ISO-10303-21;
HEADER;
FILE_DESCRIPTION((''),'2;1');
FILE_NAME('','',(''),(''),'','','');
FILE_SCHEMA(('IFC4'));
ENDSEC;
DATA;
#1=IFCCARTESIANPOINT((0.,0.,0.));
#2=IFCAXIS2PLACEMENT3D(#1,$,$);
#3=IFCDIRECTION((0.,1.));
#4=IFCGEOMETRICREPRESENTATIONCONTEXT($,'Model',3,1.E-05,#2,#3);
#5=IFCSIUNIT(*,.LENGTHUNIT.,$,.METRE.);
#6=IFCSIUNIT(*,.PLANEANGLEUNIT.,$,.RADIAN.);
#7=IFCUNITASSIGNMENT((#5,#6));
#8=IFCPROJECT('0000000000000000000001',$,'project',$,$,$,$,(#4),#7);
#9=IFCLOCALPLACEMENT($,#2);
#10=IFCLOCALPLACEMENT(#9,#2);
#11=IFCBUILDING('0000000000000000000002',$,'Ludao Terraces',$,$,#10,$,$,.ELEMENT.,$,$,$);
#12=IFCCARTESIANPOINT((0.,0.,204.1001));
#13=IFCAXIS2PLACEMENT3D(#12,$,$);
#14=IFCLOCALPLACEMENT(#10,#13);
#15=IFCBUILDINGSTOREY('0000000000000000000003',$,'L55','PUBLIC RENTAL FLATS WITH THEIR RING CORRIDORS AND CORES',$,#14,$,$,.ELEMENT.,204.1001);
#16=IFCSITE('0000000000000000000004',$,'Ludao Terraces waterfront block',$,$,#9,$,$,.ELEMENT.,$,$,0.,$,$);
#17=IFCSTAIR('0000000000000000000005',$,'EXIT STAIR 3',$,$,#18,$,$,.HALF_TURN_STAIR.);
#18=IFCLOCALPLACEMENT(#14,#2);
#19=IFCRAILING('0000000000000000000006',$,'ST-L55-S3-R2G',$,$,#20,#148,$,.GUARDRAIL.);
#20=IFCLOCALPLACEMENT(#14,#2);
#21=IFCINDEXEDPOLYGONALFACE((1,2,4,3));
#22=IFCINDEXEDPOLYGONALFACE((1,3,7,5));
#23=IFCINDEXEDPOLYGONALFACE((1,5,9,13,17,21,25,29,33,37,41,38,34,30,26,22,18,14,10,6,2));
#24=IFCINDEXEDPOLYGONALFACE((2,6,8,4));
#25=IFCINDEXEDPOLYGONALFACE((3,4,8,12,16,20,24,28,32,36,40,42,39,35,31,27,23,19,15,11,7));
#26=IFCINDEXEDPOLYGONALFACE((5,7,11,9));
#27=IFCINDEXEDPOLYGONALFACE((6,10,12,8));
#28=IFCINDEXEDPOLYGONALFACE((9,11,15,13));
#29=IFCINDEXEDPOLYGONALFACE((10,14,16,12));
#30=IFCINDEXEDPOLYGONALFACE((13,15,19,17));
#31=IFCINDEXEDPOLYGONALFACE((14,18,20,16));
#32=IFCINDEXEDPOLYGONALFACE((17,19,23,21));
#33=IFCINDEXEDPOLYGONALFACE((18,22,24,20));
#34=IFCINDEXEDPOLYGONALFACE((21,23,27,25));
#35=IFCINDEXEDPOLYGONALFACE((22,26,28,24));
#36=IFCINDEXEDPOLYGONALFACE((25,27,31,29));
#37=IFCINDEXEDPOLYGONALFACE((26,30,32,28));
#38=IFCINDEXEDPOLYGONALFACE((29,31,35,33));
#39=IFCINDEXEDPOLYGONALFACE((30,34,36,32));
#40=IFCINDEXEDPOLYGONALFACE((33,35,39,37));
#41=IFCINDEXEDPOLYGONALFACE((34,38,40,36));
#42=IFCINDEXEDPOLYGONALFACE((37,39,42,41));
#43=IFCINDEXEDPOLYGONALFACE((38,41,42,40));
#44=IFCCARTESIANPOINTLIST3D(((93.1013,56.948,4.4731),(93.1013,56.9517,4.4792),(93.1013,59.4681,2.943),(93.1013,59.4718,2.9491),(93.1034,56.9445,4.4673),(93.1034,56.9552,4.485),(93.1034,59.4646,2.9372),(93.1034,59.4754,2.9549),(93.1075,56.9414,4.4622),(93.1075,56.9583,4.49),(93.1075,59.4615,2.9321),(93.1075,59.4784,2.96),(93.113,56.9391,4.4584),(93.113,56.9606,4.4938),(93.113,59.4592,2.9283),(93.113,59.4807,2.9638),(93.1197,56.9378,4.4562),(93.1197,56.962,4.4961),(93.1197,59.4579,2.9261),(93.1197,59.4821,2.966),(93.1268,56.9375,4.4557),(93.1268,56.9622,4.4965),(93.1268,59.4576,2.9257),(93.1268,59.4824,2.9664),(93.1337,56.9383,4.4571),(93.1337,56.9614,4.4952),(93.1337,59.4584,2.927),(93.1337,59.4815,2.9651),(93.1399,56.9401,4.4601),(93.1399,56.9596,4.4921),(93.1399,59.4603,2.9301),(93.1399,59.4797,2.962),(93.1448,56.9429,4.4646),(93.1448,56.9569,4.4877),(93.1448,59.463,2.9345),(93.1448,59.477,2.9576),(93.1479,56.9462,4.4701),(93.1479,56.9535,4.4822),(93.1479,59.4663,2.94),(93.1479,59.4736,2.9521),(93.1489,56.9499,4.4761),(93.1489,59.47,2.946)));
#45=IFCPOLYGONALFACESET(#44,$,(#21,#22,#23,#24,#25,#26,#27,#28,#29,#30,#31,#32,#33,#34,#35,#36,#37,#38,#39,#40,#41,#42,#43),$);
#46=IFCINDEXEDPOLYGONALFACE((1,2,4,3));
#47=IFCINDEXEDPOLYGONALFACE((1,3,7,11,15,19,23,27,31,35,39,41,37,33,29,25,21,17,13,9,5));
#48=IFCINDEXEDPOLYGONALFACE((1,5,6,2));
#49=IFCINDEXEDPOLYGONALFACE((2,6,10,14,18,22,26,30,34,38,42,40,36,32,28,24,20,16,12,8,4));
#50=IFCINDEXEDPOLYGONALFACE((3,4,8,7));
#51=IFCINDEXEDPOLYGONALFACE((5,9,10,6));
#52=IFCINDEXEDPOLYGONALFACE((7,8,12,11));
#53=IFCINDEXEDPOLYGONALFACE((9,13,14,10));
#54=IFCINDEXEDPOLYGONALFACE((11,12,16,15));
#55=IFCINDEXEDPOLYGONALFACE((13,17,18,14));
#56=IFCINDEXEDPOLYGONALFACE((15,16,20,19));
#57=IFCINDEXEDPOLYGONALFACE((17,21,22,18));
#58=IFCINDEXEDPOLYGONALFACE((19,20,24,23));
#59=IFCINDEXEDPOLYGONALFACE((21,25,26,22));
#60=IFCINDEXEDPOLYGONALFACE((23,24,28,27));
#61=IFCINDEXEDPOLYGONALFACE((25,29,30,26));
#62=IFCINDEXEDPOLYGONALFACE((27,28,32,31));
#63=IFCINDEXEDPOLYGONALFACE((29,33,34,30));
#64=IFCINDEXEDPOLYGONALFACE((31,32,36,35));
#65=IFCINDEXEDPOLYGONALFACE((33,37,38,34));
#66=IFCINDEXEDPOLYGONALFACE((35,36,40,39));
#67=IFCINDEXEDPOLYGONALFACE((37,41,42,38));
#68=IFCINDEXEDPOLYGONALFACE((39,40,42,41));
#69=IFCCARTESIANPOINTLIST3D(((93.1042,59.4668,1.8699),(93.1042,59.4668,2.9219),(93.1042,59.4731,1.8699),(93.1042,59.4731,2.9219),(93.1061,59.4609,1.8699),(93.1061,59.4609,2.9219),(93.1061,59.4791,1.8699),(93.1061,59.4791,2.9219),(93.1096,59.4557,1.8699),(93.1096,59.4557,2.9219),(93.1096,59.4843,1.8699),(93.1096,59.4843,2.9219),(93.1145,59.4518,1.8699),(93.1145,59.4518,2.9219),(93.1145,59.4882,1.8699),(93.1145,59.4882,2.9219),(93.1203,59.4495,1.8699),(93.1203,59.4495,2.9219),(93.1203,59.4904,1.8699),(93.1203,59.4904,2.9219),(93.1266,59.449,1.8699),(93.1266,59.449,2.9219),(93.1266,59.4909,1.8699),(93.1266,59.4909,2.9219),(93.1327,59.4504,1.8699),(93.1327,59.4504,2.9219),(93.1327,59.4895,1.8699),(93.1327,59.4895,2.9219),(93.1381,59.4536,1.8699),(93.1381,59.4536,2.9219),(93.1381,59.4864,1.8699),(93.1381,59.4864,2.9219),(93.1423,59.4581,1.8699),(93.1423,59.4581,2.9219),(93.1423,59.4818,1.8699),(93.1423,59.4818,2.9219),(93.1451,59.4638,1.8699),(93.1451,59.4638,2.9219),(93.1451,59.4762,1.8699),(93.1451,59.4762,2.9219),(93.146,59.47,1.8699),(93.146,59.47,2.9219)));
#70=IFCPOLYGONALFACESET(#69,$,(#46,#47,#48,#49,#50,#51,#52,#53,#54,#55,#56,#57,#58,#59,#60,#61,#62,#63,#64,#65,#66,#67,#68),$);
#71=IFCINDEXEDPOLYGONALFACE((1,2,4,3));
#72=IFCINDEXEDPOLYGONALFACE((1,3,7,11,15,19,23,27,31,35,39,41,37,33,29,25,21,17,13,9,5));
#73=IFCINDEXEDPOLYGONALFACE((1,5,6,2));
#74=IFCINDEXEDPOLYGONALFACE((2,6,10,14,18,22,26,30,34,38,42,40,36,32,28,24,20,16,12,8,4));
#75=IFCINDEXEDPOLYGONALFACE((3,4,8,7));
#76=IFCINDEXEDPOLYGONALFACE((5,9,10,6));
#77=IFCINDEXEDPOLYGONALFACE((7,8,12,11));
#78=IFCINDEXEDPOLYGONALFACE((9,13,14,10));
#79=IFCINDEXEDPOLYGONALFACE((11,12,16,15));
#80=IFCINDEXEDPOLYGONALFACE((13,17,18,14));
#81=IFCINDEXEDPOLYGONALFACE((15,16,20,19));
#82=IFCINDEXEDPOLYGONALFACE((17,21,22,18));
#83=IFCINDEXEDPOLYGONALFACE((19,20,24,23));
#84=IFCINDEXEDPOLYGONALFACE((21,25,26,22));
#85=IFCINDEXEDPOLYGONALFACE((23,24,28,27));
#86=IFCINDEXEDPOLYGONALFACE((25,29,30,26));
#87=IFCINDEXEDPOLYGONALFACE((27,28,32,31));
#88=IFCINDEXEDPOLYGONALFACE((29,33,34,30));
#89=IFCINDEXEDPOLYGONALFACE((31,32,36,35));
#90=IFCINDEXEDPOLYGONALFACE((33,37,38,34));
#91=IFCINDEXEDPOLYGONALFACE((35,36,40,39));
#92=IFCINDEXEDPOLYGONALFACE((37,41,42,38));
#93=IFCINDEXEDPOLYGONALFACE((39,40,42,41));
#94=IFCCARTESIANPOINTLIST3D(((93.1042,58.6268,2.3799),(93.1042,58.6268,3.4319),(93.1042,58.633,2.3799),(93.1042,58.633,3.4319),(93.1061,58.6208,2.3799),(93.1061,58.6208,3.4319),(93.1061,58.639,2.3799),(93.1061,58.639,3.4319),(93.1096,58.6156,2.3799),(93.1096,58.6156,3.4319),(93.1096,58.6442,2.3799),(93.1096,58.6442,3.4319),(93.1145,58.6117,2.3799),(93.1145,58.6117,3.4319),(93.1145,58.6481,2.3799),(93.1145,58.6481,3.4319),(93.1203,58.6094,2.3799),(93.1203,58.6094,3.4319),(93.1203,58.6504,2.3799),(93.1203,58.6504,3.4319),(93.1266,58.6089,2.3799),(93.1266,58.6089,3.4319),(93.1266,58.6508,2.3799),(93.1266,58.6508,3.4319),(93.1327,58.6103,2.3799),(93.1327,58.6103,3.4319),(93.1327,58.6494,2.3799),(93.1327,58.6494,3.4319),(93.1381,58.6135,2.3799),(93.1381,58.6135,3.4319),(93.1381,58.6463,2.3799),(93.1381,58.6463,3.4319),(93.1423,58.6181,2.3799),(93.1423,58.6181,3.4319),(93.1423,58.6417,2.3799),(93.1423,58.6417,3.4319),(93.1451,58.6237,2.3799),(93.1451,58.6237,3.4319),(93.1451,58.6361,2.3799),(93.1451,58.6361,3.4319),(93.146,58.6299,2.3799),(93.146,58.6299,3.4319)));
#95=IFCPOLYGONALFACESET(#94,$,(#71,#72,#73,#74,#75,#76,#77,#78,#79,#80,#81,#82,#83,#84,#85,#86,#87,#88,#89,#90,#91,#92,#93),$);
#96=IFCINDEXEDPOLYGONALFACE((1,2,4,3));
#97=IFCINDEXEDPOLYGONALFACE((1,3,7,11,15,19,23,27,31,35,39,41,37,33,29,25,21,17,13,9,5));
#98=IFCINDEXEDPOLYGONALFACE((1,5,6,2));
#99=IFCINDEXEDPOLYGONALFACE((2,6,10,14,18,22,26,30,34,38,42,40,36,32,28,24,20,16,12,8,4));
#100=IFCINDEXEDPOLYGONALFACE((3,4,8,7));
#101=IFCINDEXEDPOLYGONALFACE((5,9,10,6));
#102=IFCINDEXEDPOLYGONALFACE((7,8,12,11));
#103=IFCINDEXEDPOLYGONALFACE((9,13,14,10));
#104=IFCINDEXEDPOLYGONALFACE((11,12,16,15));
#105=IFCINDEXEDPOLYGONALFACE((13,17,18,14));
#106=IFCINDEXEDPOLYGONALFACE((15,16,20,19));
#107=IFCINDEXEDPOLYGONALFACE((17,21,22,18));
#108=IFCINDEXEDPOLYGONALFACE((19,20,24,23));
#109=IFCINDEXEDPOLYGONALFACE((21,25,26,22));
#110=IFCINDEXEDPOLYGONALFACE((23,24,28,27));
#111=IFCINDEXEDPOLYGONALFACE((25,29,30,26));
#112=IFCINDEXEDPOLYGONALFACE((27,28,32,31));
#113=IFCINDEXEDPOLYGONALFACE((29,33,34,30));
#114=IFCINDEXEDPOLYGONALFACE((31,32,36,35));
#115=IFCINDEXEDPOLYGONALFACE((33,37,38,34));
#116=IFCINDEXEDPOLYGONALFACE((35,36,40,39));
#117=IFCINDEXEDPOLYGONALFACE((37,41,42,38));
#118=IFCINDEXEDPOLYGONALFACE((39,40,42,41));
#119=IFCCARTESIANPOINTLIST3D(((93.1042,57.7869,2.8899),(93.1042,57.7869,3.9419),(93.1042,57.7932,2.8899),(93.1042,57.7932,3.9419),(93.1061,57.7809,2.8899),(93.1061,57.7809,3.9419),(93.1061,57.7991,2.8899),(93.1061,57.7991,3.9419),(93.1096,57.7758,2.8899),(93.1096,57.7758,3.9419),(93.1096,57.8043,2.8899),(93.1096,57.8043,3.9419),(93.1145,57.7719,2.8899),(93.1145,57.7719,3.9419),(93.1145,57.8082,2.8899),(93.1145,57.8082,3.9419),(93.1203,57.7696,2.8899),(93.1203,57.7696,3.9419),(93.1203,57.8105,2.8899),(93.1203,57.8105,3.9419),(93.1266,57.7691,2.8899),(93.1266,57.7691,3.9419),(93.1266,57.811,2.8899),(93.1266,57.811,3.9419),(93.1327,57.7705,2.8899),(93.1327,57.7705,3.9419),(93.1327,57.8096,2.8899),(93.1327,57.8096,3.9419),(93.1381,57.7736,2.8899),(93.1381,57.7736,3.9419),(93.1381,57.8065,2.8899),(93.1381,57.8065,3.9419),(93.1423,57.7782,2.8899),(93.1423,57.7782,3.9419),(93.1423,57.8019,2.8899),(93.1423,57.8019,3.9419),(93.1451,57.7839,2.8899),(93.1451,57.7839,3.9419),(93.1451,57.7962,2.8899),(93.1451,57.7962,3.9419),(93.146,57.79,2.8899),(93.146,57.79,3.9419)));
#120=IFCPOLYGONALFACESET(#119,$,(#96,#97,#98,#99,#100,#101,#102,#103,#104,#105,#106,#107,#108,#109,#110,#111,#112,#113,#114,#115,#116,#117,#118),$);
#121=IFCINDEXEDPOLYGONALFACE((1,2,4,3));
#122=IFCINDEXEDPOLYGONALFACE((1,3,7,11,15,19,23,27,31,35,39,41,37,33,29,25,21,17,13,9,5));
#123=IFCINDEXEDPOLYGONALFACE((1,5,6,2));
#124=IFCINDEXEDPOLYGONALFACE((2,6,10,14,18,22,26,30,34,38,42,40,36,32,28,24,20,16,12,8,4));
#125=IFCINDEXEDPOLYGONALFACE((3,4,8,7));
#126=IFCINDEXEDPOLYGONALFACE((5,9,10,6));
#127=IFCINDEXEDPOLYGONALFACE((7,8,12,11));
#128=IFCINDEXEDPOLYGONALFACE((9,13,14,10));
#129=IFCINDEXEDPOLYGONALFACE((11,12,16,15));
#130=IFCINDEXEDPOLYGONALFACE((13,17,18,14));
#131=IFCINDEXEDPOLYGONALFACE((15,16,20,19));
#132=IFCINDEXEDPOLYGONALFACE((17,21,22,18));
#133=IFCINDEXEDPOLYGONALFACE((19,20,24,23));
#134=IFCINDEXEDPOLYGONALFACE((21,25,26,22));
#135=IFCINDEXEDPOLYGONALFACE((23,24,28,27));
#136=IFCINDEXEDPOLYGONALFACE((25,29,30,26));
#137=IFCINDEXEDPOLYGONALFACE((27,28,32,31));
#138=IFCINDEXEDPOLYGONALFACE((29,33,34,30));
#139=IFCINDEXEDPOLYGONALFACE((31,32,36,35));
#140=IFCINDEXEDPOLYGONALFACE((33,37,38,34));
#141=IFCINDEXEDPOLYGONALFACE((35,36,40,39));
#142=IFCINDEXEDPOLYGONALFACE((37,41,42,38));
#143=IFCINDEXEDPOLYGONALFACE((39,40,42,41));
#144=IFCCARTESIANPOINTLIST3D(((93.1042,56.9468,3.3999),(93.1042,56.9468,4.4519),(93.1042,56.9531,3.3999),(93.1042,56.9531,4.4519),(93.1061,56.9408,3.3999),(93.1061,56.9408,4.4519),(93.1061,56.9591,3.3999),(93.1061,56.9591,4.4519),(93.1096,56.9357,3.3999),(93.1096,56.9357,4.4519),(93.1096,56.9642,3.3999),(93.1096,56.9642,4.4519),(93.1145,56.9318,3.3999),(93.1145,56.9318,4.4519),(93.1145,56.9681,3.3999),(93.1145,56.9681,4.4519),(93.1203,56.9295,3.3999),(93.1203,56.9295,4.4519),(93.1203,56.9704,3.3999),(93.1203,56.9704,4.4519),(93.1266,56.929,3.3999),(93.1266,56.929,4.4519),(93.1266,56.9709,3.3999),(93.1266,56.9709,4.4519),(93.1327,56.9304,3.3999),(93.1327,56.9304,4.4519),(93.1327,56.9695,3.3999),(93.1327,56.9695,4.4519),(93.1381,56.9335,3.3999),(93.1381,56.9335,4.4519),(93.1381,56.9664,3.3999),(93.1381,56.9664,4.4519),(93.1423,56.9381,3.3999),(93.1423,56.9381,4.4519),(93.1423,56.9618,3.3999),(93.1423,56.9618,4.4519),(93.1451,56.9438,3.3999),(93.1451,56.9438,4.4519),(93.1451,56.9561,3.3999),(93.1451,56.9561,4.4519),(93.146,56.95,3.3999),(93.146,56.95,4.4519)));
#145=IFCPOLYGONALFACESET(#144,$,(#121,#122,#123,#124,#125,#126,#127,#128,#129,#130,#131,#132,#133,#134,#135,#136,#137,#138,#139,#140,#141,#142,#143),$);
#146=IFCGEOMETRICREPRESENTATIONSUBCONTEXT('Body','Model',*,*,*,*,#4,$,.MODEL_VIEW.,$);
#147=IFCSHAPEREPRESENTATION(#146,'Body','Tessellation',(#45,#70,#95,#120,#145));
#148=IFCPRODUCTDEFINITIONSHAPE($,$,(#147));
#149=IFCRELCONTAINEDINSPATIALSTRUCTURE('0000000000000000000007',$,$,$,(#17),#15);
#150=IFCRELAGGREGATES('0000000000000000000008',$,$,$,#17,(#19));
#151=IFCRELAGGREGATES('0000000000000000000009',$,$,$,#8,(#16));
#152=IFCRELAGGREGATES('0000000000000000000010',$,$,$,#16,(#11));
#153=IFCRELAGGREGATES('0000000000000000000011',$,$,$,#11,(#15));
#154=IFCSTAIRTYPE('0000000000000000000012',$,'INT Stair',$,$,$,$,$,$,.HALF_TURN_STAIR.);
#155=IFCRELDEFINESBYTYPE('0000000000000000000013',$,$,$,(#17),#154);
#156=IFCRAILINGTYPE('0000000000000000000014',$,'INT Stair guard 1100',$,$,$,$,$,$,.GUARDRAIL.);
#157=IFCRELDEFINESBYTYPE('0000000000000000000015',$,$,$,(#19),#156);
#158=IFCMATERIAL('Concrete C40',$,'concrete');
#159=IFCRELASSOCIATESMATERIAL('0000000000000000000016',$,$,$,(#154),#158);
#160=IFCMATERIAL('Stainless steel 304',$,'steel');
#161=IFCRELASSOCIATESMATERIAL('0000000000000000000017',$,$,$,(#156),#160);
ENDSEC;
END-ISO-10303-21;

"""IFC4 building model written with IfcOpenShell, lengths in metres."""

from ifc_helpers import new_model, si_unit, direction, frame, origin, origin_2d, place, context, subcontext, project, spatial, circle, extrude, material, type_object, element, aggregate, save


model = new_model("IFC4")

# Units and contexts
model_context = context("Model", 3, precision=1e-05, world=origin(), true_north=direction((0.0, 1.0)))
body_context = subcontext(model_context, "Body", "Model", "MODEL_VIEW")
ifc_project = project(units=[si_unit("LENGTHUNIT", "METRE"), si_unit("PLANEANGLEUNIT", "RADIAN")], contexts=[model_context])

# Site, building, storey
site_placement = place(None, origin())
site = spatial("IfcSite", under=ifc_project, at=site_placement, Name="Ludao Terraces waterfront block", CompositionType="ELEMENT", RefElevation=0.0)
building_placement = place(site_placement, origin())
building = spatial("IfcBuilding", under=site, at=building_placement, Name="Ludao Terraces", CompositionType="ELEMENT")
storey_placement = place(building_placement, frame((0.0, 0.0, 204.1001)))
storey = spatial("IfcBuildingStorey", under=building, at=storey_placement, Name="L55", Description="PUBLIC RENTAL FLATS WITH THEIR RING CORRIDORS AND CORES", CompositionType="ELEMENT", Elevation=204.1001)

# Shared definitions
ifc_material_1 = material(Name="Concrete C40", Category="concrete")

# Stair, railing
stair_type = type_object("IfcStairType", Name="INT Stair", PredefinedType="HALF_TURN_STAIR", material=ifc_material_1)
stair_placement = place(storey_placement, origin())
stair = element("IfcStair", 1, at=stair_placement, inside=storey, type_object=stair_type, Name="EXIT STAIR 3", PredefinedType="HALF_TURN_STAIR")
ifc_material_2 = material(Name="Stainless steel 304", Category="steel")
railing_type_1 = type_object("IfcRailingType", Name="INT Stair guard 1100", PredefinedType="GUARDRAIL", material=ifc_material_2)
railing_1_placement = place(storey_placement, frame((93.125, 59.47, 1.8699)))
railing_1 = element("IfcRailing", 2, at=railing_1_placement, type_object=railing_type_1, Name="ST-L55-S3-R2G", PredefinedType="GUARDRAIL", context=body_context, shape_type="SweptSolid", body=[
    extrude(circle(Radius=0.0239, at=origin_2d()), frame((0.0, 0.0, 1.0762), z_axis=(0.0, -0.854785, 0.518982), x_axis=(1.0, 0.0, 0.0)), (0.0, 0.0, 1.0), 2.9482),
    extrude(circle(Radius=0.021, at=origin_2d()), origin(), (0.0, 0.0, 1.0), 1.052),
    extrude(circle(Radius=0.021, at=origin_2d()), frame((0.0, -0.8401, 0.51)), (0.0, 0.0, 1.0), 1.052),
    extrude(circle(Radius=0.021, at=origin_2d()), frame((0.0, -1.6799, 1.02)), (0.0, 0.0, 1.0), 1.052),
    extrude(circle(Radius=0.021, at=origin_2d()), frame((0.0, -2.52, 1.53)), (0.0, 0.0, 1.0), 1.052),
])
aggregate(stair, [railing_1])

save(model, "model.ifc")
